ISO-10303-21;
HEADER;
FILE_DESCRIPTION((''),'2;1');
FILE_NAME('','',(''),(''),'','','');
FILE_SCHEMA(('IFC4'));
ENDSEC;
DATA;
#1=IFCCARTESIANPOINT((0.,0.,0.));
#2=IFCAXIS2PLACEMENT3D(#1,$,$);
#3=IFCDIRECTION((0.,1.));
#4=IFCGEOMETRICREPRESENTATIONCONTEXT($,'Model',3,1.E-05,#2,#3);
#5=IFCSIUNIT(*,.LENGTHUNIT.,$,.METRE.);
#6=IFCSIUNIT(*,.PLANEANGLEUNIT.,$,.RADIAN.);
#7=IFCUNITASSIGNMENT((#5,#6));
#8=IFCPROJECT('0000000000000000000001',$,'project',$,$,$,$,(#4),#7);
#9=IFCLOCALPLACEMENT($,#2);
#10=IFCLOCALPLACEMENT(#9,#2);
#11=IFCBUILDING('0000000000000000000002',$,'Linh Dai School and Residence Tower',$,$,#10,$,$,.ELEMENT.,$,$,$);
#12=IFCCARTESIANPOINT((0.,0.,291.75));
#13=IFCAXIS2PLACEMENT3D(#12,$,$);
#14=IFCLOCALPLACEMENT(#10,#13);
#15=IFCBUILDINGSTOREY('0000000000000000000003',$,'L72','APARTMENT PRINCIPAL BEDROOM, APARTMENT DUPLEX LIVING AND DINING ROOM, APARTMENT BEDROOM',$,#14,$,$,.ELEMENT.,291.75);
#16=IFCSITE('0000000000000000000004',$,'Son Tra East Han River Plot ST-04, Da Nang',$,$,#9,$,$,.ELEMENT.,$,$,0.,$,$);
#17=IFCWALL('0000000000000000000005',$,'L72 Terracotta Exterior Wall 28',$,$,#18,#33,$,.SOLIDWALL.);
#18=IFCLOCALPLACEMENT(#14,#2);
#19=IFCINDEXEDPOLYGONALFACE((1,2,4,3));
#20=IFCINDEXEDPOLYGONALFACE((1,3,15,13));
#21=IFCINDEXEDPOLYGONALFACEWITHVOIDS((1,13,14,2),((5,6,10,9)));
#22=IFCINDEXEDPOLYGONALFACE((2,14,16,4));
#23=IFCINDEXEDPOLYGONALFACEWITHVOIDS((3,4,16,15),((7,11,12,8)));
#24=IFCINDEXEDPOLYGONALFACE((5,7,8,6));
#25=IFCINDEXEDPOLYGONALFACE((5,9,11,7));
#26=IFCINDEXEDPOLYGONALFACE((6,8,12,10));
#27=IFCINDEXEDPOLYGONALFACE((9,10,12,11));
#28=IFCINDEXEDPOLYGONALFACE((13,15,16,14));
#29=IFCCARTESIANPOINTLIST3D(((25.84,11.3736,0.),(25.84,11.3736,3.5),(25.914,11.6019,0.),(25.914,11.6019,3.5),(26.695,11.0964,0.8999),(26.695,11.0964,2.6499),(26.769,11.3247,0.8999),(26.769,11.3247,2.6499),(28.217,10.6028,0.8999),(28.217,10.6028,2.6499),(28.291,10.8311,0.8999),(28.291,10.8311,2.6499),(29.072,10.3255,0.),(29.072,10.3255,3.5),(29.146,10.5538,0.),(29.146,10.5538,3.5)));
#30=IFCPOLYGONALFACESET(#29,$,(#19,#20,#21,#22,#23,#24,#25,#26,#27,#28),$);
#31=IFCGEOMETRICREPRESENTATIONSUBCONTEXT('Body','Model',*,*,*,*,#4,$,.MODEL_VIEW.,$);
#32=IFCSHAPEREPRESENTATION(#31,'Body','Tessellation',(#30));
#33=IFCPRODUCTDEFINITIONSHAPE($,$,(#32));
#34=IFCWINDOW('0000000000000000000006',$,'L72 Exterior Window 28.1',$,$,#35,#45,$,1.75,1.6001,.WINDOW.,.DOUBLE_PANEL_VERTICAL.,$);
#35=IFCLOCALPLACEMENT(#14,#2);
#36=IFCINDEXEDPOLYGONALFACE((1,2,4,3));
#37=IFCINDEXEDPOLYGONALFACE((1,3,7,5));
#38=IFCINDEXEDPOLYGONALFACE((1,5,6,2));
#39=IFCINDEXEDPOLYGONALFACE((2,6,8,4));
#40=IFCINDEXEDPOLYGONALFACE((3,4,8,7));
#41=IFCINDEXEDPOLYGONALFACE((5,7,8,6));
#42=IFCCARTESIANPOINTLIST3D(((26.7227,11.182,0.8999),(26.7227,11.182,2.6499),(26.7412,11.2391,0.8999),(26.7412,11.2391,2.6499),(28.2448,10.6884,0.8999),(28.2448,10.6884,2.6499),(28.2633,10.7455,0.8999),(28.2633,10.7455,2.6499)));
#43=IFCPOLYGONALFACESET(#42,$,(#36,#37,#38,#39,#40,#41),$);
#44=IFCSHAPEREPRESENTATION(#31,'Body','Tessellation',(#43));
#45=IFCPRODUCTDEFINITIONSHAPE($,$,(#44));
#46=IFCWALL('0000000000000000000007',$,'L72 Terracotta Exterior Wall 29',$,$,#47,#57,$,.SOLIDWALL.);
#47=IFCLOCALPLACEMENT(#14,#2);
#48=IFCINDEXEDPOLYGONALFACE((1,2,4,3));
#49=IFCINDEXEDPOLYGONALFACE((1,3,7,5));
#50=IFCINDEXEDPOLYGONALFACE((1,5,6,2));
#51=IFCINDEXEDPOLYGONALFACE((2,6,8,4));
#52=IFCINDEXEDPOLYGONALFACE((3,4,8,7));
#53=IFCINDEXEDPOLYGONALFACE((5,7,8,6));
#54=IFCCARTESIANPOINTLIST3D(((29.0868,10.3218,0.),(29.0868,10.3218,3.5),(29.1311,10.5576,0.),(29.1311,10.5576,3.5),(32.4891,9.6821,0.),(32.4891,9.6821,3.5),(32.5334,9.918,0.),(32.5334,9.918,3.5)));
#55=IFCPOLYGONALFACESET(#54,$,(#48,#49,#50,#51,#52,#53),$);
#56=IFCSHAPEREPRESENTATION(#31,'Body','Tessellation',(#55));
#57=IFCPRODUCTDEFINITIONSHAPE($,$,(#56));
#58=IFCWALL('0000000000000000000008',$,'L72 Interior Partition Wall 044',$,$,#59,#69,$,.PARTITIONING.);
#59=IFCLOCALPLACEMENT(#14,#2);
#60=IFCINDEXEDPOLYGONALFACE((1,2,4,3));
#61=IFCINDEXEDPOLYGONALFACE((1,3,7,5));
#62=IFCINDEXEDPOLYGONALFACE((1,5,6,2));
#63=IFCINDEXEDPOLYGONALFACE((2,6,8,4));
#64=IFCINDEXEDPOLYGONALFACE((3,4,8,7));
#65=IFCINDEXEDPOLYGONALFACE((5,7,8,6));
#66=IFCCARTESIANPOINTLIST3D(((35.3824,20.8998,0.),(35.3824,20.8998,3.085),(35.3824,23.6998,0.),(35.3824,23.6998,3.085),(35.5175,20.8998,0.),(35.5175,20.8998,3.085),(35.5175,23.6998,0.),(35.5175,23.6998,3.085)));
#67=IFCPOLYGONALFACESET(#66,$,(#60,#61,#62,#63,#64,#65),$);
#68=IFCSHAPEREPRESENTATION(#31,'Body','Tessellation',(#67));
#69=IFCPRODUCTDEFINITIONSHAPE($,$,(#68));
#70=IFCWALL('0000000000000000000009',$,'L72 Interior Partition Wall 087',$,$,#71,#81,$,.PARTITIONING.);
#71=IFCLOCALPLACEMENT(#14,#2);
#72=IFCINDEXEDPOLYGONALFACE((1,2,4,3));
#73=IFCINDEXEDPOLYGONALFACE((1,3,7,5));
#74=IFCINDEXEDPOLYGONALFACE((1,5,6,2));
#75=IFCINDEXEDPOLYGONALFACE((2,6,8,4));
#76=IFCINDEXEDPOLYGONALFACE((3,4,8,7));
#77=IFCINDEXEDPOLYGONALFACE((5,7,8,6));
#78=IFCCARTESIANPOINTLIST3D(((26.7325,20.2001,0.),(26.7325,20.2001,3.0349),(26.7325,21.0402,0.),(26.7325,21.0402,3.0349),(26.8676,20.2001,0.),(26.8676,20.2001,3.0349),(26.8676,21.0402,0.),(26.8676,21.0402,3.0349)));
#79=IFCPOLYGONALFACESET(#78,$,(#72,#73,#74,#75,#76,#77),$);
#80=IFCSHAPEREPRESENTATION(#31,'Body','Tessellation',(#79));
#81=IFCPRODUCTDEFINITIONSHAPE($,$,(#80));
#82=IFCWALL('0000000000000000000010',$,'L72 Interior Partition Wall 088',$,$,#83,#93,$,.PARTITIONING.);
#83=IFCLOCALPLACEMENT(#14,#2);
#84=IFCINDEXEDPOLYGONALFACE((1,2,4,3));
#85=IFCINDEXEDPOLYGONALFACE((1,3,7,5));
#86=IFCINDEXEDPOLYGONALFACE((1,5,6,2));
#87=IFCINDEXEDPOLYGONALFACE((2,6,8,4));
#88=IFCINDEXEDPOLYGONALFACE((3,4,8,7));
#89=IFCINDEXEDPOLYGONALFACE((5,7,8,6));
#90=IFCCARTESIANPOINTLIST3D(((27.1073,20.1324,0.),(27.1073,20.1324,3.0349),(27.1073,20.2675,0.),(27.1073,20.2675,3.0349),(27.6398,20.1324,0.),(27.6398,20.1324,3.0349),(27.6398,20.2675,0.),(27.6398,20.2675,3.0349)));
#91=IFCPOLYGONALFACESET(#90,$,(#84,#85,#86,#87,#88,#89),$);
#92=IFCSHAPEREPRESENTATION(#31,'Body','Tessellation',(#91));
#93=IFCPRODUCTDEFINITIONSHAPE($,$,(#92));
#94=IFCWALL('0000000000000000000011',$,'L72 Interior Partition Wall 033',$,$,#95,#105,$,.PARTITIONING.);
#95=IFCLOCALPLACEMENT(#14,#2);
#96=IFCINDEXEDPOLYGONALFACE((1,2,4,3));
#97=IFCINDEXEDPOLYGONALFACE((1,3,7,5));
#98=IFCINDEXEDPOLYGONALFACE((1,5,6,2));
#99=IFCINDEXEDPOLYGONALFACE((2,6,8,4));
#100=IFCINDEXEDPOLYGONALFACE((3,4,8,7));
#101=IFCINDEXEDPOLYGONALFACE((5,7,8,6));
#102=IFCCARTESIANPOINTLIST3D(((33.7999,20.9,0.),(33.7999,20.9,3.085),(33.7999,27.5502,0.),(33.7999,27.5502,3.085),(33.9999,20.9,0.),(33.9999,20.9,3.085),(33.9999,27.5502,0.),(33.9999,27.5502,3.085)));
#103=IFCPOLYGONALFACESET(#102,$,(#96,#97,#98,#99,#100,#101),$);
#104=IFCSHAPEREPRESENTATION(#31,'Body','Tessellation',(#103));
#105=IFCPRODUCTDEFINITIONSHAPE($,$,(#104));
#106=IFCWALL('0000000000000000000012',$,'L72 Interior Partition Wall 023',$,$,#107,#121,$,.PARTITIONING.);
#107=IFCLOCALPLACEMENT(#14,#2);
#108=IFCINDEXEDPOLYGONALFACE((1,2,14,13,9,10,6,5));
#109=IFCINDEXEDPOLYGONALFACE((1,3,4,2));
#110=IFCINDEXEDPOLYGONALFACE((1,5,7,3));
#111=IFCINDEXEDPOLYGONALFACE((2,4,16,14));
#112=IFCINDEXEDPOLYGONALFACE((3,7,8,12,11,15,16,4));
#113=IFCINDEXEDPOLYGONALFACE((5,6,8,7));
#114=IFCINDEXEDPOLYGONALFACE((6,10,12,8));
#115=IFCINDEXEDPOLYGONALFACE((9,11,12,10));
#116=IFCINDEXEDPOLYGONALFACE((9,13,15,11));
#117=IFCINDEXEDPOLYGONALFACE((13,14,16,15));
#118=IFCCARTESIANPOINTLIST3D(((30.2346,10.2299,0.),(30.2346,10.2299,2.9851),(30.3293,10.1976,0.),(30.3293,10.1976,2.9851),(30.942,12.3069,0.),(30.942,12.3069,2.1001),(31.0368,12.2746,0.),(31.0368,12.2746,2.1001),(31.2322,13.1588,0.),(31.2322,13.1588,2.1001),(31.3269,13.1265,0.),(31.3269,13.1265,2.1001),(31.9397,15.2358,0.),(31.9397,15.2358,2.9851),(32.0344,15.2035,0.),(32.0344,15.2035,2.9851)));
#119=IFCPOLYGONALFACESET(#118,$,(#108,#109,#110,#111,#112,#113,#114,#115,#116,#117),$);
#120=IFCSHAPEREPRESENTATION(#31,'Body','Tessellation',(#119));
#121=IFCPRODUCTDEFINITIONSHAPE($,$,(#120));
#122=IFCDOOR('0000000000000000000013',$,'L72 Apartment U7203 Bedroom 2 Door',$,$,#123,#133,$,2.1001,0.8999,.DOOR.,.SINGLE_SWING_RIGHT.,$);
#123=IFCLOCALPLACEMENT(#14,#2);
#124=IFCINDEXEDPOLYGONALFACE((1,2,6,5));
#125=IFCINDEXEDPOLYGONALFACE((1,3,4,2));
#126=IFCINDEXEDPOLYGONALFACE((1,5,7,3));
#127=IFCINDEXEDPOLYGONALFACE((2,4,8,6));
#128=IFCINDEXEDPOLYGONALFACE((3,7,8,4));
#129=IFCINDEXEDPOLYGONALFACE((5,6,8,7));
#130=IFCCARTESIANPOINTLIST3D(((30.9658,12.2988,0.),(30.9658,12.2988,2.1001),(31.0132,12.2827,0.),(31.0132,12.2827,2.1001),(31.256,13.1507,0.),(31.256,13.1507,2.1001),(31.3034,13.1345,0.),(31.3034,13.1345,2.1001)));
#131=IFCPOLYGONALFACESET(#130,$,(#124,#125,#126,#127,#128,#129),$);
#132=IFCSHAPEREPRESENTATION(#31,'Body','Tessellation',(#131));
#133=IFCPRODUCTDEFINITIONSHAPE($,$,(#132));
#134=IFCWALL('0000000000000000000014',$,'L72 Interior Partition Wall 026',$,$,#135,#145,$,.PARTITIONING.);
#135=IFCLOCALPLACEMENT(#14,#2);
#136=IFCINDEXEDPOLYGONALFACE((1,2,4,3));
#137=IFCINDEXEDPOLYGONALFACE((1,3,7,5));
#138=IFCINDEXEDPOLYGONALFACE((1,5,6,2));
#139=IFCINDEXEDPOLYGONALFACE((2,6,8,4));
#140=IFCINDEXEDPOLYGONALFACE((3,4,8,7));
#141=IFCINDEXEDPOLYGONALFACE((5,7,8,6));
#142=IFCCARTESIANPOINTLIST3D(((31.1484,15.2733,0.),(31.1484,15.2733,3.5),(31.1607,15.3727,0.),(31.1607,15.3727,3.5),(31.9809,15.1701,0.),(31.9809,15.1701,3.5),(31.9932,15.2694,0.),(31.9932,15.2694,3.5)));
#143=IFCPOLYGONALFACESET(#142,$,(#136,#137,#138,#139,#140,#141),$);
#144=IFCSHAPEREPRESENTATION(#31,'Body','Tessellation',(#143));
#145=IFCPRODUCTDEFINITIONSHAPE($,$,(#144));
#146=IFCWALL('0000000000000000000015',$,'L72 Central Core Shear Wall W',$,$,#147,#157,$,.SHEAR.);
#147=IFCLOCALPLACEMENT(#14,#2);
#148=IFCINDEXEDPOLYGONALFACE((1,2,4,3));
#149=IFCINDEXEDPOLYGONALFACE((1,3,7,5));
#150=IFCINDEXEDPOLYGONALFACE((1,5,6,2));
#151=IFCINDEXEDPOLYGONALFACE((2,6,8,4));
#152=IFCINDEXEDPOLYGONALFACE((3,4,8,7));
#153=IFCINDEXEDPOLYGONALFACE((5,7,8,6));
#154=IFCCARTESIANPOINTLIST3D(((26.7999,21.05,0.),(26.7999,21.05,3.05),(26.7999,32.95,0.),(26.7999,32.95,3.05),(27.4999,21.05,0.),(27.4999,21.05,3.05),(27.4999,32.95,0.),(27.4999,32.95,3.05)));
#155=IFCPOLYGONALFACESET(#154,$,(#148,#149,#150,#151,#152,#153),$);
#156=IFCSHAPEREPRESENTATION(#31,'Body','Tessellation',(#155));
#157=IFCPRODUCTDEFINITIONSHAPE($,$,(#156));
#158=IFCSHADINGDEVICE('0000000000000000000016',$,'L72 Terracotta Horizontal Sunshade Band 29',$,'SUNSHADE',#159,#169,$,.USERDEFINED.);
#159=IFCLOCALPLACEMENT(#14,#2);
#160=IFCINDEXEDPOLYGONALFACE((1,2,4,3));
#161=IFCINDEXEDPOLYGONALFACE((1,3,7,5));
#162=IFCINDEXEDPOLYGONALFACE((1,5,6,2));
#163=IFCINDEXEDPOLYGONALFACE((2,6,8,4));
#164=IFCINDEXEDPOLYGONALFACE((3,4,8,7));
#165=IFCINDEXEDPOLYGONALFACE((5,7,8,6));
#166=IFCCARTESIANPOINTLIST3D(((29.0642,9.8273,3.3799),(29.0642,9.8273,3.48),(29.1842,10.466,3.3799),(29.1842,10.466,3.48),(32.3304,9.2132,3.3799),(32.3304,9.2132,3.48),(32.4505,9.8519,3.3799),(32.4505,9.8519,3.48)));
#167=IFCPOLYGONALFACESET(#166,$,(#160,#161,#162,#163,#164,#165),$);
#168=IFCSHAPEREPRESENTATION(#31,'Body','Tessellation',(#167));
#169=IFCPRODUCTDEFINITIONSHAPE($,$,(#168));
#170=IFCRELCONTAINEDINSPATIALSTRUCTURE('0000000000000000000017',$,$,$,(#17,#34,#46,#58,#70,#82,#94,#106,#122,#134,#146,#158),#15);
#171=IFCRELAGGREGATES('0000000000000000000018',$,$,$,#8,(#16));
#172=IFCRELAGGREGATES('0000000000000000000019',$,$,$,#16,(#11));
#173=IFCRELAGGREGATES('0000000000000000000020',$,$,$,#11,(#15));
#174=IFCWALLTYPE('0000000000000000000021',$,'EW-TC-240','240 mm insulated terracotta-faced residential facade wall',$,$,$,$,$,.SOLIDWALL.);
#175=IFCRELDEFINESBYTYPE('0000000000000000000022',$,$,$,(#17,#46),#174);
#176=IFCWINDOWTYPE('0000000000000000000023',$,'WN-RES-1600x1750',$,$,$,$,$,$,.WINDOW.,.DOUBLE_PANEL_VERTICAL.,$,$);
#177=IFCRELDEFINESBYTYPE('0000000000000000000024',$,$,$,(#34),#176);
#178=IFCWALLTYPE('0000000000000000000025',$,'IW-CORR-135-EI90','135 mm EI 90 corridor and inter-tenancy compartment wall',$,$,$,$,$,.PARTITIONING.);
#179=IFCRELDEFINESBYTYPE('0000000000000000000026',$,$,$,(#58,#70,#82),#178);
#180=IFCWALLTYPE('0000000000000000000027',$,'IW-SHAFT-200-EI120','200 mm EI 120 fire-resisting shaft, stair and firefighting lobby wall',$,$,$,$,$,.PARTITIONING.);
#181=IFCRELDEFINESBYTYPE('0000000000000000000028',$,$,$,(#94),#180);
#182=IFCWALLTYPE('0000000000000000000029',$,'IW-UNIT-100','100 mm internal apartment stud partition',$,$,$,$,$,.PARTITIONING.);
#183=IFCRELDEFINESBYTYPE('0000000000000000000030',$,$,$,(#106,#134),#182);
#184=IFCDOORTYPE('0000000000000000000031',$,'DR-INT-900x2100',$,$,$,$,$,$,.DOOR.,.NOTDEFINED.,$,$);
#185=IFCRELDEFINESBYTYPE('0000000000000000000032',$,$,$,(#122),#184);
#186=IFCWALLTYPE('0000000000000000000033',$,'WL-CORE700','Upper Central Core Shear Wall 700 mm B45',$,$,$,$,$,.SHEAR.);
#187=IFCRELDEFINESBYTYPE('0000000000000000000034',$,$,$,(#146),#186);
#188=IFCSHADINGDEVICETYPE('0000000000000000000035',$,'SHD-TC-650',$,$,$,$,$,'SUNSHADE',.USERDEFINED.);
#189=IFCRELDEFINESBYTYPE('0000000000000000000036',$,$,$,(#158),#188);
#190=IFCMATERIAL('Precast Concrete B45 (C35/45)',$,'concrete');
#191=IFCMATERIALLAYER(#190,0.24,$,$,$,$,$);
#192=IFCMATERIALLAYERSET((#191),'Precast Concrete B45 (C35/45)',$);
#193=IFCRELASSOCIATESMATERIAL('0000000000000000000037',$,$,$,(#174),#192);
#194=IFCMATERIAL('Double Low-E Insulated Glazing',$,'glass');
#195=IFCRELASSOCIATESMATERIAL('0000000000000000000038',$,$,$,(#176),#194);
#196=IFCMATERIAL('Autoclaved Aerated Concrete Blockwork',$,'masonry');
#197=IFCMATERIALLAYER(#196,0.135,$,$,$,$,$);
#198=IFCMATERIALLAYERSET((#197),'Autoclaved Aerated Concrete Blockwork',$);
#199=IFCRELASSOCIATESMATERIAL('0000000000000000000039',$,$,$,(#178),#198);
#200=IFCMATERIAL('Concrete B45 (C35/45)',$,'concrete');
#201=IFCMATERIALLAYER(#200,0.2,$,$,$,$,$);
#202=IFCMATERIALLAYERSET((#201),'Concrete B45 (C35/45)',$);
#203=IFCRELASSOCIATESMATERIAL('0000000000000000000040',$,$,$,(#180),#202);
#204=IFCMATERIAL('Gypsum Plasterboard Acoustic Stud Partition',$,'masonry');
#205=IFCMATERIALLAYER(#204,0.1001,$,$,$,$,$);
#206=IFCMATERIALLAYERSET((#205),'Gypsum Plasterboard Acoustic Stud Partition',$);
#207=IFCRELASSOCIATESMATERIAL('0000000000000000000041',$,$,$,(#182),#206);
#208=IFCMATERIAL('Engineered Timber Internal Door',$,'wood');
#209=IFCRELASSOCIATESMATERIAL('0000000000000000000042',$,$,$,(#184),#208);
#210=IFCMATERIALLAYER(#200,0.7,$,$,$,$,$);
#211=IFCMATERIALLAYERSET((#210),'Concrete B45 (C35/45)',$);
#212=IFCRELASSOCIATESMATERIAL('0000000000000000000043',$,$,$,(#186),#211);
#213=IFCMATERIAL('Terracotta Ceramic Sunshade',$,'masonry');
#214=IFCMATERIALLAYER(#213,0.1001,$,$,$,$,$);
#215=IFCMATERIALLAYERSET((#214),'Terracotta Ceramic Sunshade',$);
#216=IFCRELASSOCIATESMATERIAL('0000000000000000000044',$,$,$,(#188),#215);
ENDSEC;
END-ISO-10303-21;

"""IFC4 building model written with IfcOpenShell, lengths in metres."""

from ifc_helpers import new_model, si_unit, direction, frame, frame_2d, origin, origin_2d, place, context, subcontext, project, spatial, rectangle, extrude, source, transform, mapped, material, layer, layer_set, type_object, element, fill, save


model = new_model("IFC4")

# Units and contexts
model_context = context("Model", 3, precision=1e-05, world=origin(), true_north=direction((0.0, 1.0)))
body_context = subcontext(model_context, "Body", "Model", "MODEL_VIEW")
ifc_project = project(units=[si_unit("LENGTHUNIT", "METRE"), si_unit("PLANEANGLEUNIT", "RADIAN")], contexts=[model_context])

# Site, building, storey
site_placement = place(None, origin())
site = spatial("IfcSite", under=ifc_project, at=site_placement, Name="Son Tra East Han River Plot ST-04, Da Nang", CompositionType="ELEMENT", RefElevation=0.0)
building_placement = place(site_placement, origin())
building = spatial("IfcBuilding", under=site, at=building_placement, Name="Linh Dai School and Residence Tower", CompositionType="ELEMENT")
storey_placement = place(building_placement, frame((0.0, 0.0, 291.75)))
storey = spatial("IfcBuildingStorey", under=building, at=storey_placement, Name="L72", Description="APARTMENT PRINCIPAL BEDROOM, APARTMENT DUPLEX LIVING AND DINING ROOM, APARTMENT BEDROOM", CompositionType="ELEMENT", Elevation=291.75)

# Shared definitions
ifc_material_1 = material(Name="Concrete B45 (C35/45)", Category="concrete")

# Shared definitions
ifc_material_2 = material(Name="Precast Concrete B45 (C35/45)", Category="concrete")

# Wall, opening, window
ifc_layer_1 = layer(ifc_material_2, 0.24)
ifc_layer_set_1 = layer_set([ifc_layer_1], Name="Precast Concrete B45 (C35/45)")
wall_type_1 = type_object("IfcWallType", Name="EW-TC-240", Description="240 mm insulated terracotta-faced residential facade wall", PredefinedType="SOLIDWALL", material=ifc_layer_set_1)
wall_1_placement = place(storey_placement, frame((29.1089, 10.4397, 0.0), z_axis=(0.0, 0.0, 1.0), x_axis=(-0.951231, 0.308478, 0.0)))
wall_1 = element("IfcWall", 1, at=wall_1_placement, inside=storey, type_object=wall_type_1, Name="L72 Terracotta Exterior Wall 28", PredefinedType="SOLIDWALL", context=body_context, shape_type="SweptSolid", body=[
    extrude(rectangle(XDim=3.3977, YDim=0.24, at=frame_2d((1.6987, 0.0))), origin(), (0.0, 0.0, 1.0), 3.5),
])
opening_1_placement = place(wall_1_placement, frame((0.8987, 0.0, 0.8999)))
opening_1 = element("IfcOpeningElement", 2, at=opening_1_placement, cuts=wall_1, PredefinedType="OPENING", context=body_context, shape_type="SweptSolid", body=[
    extrude(rectangle(XDim=1.6001, YDim=1.75, at=origin_2d()), frame((0.8, 0.1299, 0.875), z_axis=(0.0, -1.0, 0.0), x_axis=(1.0, 0.0, 0.0)), (0.0, 0.0, 1.0), 0.26),
])
ifc_material_3 = material(Name="Double Low-E Insulated Glazing", Category="glass")
window_type = type_object("IfcWindowType", Name="WN-RES-1600x1750", PartitioningType="DOUBLE_PANEL_VERTICAL", PredefinedType="WINDOW", material=ifc_material_3)
shared_shape_1 = source(origin(), body_context, "Body", "SweptSolid", [
    extrude(rectangle(XDim=1.6001, YDim=1.75, at=origin_2d()), frame((0.8, 0.03, 0.875), z_axis=(0.0, -1.0, 0.0), x_axis=(1.0, 0.0, 0.0)), (0.0, 0.0, 1.0), 0.0601),
])
window_placement = place(opening_1_placement, origin())
window = element("IfcWindow", 3, at=window_placement, inside=storey, type_object=window_type, Name="L72 Exterior Window 28.1", OverallHeight=1.75, OverallWidth=1.6001, PartitioningType="DOUBLE_PANEL_VERTICAL", PredefinedType="WINDOW", context=body_context, shape_type="MappedRepresentation", body=[
    mapped(shared_shape_1, transform((0.0, 0.0, 0.0), x_axis=(1.0, 0.0, 0.0), y_axis=(0.0, 1.0, 0.0), z_axis=(0.0, 0.0, 1.0), scale=1.0)),
])
fill(opening_1, window)

# Walls
wall_2_placement = place(storey_placement, frame((32.5112, 9.8, 0.0), z_axis=(0.0, 0.0, 1.0), x_axis=(-0.982783, 0.184765, 0.0)))
element("IfcWall", 4, at=wall_2_placement, inside=storey, type_object=wall_type_1, Name="L72 Terracotta Exterior Wall 29", PredefinedType="SOLIDWALL", context=body_context, shape_type="SweptSolid", body=[
    extrude(rectangle(XDim=3.4619, YDim=0.24, at=frame_2d((1.731, 0.0))), origin(), (0.0, 0.0, 1.0), 3.5),
])
ifc_material_4 = material(Name="Autoclaved Aerated Concrete Blockwork", Category="masonry")
ifc_layer_2 = layer(ifc_material_4, 0.135)
ifc_layer_set_2 = layer_set([ifc_layer_2], Name="Autoclaved Aerated Concrete Blockwork")
wall_type_2 = type_object("IfcWallType", Name="IW-CORR-135-EI90", Description="135 mm EI 90 corridor and inter-tenancy compartment wall", PredefinedType="PARTITIONING", material=ifc_layer_set_2)
wall_3_placement = place(storey_placement, frame((35.45, 20.8999, 0.0), z_axis=(0.0, 0.0, 1.0), x_axis=(0.0, 1.0, 0.0)))
element("IfcWall", 5, at=wall_3_placement, inside=storey, type_object=wall_type_2, Name="L72 Interior Partition Wall 044", PredefinedType="PARTITIONING", context=body_context, shape_type="SweptSolid", body=[
    extrude(rectangle(XDim=2.8, YDim=0.135, at=frame_2d((1.3999, 0.0))), origin(), (0.0, 0.0, 1.0), 3.085),
])
wall_4_placement = place(storey_placement, frame((26.8, 21.04, 0.0), z_axis=(0.0, 0.0, 1.0), x_axis=(0.0, -1.0, 0.0)))
element("IfcWall", 6, at=wall_4_placement, inside=storey, type_object=wall_type_2, Name="L72 Interior Partition Wall 087", PredefinedType="PARTITIONING", context=body_context, shape_type="SweptSolid", body=[
    extrude(rectangle(XDim=0.8401, YDim=0.135, at=frame_2d((0.4199, 0.0))), origin(), (0.0, 0.0, 1.0), 3.0349),
])
wall_5_placement = place(storey_placement, frame((27.1074, 20.2, 0.0), z_axis=(0.0, 0.0, 1.0), x_axis=(1.0, 0.0, 0.0)))
element("IfcWall", 7, at=wall_5_placement, inside=storey, type_object=wall_type_2, Name="L72 Interior Partition Wall 088", PredefinedType="PARTITIONING", context=body_context, shape_type="SweptSolid", body=[
    extrude(rectangle(XDim=0.5325, YDim=0.135, at=frame_2d((0.2661, 0.0))), origin(), (0.0, 0.0, 1.0), 3.0349),
])
ifc_layer_3 = layer(ifc_material_1, 0.2)
ifc_layer_set_3 = layer_set([ifc_layer_3], Name="Concrete B45 (C35/45)")
wall_type_3 = type_object("IfcWallType", Name="IW-SHAFT-200-EI120", Description="200 mm EI 120 fire-resisting shaft, stair and firefighting lobby wall", PredefinedType="PARTITIONING", material=ifc_layer_set_3)
wall_6_placement = place(storey_placement, frame((33.8999, 20.8999, 0.0), z_axis=(0.0, 0.0, 1.0), x_axis=(0.0, 1.0, 0.0)))
element("IfcWall", 8, at=wall_6_placement, inside=storey, type_object=wall_type_3, Name="L72 Interior Partition Wall 033", PredefinedType="PARTITIONING", context=body_context, shape_type="SweptSolid", body=[
    extrude(rectangle(XDim=6.6501, YDim=0.2, at=frame_2d((3.3252, 0.0))), origin(), (0.0, 0.0, 1.0), 3.085),
])

# Wall, opening, door
ifc_material_5 = material(Name="Gypsum Plasterboard Acoustic Stud Partition", Category="masonry")
ifc_layer_4 = layer(ifc_material_5, 0.1001)
ifc_layer_set_4 = layer_set([ifc_layer_4], Name="Gypsum Plasterboard Acoustic Stud Partition")
wall_type_4 = type_object("IfcWallType", Name="IW-UNIT-100", Description="100 mm internal apartment stud partition", PredefinedType="PARTITIONING", material=ifc_layer_set_4)
wall_7_placement = place(storey_placement, frame((30.282, 10.2139, 0.0), z_axis=(0.0, 0.0, 1.0), x_axis=(0.322426, 0.946595, 0.0)))
wall_7 = element("IfcWall", 9, at=wall_7_placement, inside=storey, type_object=wall_type_4, Name="L72 Interior Partition Wall 023", PredefinedType="PARTITIONING", context=body_context, shape_type="SweptSolid", body=[
    extrude(rectangle(XDim=5.2883, YDim=0.1001, at=frame_2d((2.644, 0.0))), origin(), (0.0, 0.0, 1.0), 2.9851),
])
opening_2_placement = place(wall_7_placement, frame((2.1941, 0.0, 0.0)))
opening_2 = element("IfcOpeningElement", 10, at=opening_2_placement, cuts=wall_7, PredefinedType="OPENING", context=body_context, shape_type="SweptSolid", body=[
    extrude(rectangle(XDim=0.8999, YDim=2.1001, at=origin_2d()), frame((0.45, 0.0601, 1.05), z_axis=(0.0, -1.0, 0.0), x_axis=(1.0, 0.0, 0.0)), (0.0, 0.0, 1.0), 0.1201),
])
ifc_material_6 = material(Name="Engineered Timber Internal Door", Category="wood")
door_type = type_object("IfcDoorType", Name="DR-INT-900x2100", OperationType="NOTDEFINED", PredefinedType="DOOR", material=ifc_material_6)
shared_shape_2 = source(origin(), body_context, "Body", "SweptSolid", [
    extrude(rectangle(XDim=0.8999, YDim=2.1001, at=origin_2d()), frame((0.45, 0.0249, 1.05), z_axis=(0.0, -1.0, 0.0), x_axis=(1.0, 0.0, 0.0)), (0.0, 0.0, 1.0), 0.05),
])
door_placement = place(opening_2_placement, origin())
door = element("IfcDoor", 11, at=door_placement, inside=storey, type_object=door_type, Name="L72 Apartment U7203 Bedroom 2 Door", OperationType="SINGLE_SWING_RIGHT", OverallHeight=2.1001, OverallWidth=0.8999, PredefinedType="DOOR", context=body_context, shape_type="MappedRepresentation", body=[
    mapped(shared_shape_2, transform((0.0, 0.0, 0.0), x_axis=(1.0, 0.0, 0.0), y_axis=(0.0, 1.0, 0.0), z_axis=(0.0, 0.0, 1.0), scale=1.0)),
])
fill(opening_2, door)

# Walls
wall_8_placement = place(storey_placement, frame((31.1545, 15.323, 0.0), z_axis=(0.0, 0.0, 1.0), x_axis=(0.992394, -0.123103, 0.0)))
element("IfcWall", 12, at=wall_8_placement, inside=storey, type_object=wall_type_4, Name="L72 Interior Partition Wall 026", PredefinedType="PARTITIONING", context=body_context, shape_type="SweptSolid", body=[
    extrude(rectangle(XDim=0.8389, YDim=0.1001, at=frame_2d((0.4194, 0.0))), origin(), (0.0, 0.0, 1.0), 3.5),
])
ifc_layer_5 = layer(ifc_material_1, 0.7)
ifc_layer_set_5 = layer_set([ifc_layer_5], Name="Concrete B45 (C35/45)")
wall_type_5 = type_object("IfcWallType", Name="WL-CORE700", Description="Upper Central Core Shear Wall 700 mm B45", PredefinedType="SHEAR", material=ifc_layer_set_5)
wall_9_placement = place(storey_placement, frame((27.1499, 21.05, 0.0), z_axis=(0.0, 0.0, 1.0), x_axis=(0.0, 1.0, 0.0)))
element("IfcWall", 13, at=wall_9_placement, inside=storey, type_object=wall_type_5, Name="L72 Central Core Shear Wall W", PredefinedType="SHEAR", context=body_context, shape_type="SweptSolid", body=[
    extrude(rectangle(XDim=11.8999, YDim=0.7, at=frame_2d((5.95, 0.0))), origin(), (0.0, 0.0, 1.0), 3.05),
])

# Shading device
ifc_material_7 = material(Name="Terracotta Ceramic Sunshade", Category="masonry")
ifc_layer_6 = layer(ifc_material_7, 0.1001)
ifc_layer_set_6 = layer_set([ifc_layer_6], Name="Terracotta Ceramic Sunshade")
shading_device_type = type_object("IfcShadingDeviceType", Name="SHD-TC-650", ElementType="SUNSHADE", PredefinedType="USERDEFINED", material=ifc_layer_set_6)
shared_shape_3 = source(origin(), body_context, "Body", "SweptSolid", [
    extrude(rectangle(XDim=3.3235, YDim=0.6499, at=origin_2d()), origin(), (0.0, 0.0, 1.0), 0.1001),
])
shading_device_placement = place(storey_placement, frame((30.7573, 9.8396, 3.3799), z_axis=(0.0, 0.0, 1.0), x_axis=(-0.982785, 0.184751, 0.0)))
element("IfcShadingDevice", 14, at=shading_device_placement, inside=storey, type_object=shading_device_type, Name="L72 Terracotta Horizontal Sunshade Band 29", ObjectType="SUNSHADE", PredefinedType="USERDEFINED", context=body_context, shape_type="MappedRepresentation", body=[
    mapped(shared_shape_3, transform((0.0, 0.0, 0.0), x_axis=(1.0, 0.0, 0.0), y_axis=(0.0, 1.0, 0.0), z_axis=(0.0, 0.0, 1.0), scale=1.0)),
])

save(model, "model.ifc")
